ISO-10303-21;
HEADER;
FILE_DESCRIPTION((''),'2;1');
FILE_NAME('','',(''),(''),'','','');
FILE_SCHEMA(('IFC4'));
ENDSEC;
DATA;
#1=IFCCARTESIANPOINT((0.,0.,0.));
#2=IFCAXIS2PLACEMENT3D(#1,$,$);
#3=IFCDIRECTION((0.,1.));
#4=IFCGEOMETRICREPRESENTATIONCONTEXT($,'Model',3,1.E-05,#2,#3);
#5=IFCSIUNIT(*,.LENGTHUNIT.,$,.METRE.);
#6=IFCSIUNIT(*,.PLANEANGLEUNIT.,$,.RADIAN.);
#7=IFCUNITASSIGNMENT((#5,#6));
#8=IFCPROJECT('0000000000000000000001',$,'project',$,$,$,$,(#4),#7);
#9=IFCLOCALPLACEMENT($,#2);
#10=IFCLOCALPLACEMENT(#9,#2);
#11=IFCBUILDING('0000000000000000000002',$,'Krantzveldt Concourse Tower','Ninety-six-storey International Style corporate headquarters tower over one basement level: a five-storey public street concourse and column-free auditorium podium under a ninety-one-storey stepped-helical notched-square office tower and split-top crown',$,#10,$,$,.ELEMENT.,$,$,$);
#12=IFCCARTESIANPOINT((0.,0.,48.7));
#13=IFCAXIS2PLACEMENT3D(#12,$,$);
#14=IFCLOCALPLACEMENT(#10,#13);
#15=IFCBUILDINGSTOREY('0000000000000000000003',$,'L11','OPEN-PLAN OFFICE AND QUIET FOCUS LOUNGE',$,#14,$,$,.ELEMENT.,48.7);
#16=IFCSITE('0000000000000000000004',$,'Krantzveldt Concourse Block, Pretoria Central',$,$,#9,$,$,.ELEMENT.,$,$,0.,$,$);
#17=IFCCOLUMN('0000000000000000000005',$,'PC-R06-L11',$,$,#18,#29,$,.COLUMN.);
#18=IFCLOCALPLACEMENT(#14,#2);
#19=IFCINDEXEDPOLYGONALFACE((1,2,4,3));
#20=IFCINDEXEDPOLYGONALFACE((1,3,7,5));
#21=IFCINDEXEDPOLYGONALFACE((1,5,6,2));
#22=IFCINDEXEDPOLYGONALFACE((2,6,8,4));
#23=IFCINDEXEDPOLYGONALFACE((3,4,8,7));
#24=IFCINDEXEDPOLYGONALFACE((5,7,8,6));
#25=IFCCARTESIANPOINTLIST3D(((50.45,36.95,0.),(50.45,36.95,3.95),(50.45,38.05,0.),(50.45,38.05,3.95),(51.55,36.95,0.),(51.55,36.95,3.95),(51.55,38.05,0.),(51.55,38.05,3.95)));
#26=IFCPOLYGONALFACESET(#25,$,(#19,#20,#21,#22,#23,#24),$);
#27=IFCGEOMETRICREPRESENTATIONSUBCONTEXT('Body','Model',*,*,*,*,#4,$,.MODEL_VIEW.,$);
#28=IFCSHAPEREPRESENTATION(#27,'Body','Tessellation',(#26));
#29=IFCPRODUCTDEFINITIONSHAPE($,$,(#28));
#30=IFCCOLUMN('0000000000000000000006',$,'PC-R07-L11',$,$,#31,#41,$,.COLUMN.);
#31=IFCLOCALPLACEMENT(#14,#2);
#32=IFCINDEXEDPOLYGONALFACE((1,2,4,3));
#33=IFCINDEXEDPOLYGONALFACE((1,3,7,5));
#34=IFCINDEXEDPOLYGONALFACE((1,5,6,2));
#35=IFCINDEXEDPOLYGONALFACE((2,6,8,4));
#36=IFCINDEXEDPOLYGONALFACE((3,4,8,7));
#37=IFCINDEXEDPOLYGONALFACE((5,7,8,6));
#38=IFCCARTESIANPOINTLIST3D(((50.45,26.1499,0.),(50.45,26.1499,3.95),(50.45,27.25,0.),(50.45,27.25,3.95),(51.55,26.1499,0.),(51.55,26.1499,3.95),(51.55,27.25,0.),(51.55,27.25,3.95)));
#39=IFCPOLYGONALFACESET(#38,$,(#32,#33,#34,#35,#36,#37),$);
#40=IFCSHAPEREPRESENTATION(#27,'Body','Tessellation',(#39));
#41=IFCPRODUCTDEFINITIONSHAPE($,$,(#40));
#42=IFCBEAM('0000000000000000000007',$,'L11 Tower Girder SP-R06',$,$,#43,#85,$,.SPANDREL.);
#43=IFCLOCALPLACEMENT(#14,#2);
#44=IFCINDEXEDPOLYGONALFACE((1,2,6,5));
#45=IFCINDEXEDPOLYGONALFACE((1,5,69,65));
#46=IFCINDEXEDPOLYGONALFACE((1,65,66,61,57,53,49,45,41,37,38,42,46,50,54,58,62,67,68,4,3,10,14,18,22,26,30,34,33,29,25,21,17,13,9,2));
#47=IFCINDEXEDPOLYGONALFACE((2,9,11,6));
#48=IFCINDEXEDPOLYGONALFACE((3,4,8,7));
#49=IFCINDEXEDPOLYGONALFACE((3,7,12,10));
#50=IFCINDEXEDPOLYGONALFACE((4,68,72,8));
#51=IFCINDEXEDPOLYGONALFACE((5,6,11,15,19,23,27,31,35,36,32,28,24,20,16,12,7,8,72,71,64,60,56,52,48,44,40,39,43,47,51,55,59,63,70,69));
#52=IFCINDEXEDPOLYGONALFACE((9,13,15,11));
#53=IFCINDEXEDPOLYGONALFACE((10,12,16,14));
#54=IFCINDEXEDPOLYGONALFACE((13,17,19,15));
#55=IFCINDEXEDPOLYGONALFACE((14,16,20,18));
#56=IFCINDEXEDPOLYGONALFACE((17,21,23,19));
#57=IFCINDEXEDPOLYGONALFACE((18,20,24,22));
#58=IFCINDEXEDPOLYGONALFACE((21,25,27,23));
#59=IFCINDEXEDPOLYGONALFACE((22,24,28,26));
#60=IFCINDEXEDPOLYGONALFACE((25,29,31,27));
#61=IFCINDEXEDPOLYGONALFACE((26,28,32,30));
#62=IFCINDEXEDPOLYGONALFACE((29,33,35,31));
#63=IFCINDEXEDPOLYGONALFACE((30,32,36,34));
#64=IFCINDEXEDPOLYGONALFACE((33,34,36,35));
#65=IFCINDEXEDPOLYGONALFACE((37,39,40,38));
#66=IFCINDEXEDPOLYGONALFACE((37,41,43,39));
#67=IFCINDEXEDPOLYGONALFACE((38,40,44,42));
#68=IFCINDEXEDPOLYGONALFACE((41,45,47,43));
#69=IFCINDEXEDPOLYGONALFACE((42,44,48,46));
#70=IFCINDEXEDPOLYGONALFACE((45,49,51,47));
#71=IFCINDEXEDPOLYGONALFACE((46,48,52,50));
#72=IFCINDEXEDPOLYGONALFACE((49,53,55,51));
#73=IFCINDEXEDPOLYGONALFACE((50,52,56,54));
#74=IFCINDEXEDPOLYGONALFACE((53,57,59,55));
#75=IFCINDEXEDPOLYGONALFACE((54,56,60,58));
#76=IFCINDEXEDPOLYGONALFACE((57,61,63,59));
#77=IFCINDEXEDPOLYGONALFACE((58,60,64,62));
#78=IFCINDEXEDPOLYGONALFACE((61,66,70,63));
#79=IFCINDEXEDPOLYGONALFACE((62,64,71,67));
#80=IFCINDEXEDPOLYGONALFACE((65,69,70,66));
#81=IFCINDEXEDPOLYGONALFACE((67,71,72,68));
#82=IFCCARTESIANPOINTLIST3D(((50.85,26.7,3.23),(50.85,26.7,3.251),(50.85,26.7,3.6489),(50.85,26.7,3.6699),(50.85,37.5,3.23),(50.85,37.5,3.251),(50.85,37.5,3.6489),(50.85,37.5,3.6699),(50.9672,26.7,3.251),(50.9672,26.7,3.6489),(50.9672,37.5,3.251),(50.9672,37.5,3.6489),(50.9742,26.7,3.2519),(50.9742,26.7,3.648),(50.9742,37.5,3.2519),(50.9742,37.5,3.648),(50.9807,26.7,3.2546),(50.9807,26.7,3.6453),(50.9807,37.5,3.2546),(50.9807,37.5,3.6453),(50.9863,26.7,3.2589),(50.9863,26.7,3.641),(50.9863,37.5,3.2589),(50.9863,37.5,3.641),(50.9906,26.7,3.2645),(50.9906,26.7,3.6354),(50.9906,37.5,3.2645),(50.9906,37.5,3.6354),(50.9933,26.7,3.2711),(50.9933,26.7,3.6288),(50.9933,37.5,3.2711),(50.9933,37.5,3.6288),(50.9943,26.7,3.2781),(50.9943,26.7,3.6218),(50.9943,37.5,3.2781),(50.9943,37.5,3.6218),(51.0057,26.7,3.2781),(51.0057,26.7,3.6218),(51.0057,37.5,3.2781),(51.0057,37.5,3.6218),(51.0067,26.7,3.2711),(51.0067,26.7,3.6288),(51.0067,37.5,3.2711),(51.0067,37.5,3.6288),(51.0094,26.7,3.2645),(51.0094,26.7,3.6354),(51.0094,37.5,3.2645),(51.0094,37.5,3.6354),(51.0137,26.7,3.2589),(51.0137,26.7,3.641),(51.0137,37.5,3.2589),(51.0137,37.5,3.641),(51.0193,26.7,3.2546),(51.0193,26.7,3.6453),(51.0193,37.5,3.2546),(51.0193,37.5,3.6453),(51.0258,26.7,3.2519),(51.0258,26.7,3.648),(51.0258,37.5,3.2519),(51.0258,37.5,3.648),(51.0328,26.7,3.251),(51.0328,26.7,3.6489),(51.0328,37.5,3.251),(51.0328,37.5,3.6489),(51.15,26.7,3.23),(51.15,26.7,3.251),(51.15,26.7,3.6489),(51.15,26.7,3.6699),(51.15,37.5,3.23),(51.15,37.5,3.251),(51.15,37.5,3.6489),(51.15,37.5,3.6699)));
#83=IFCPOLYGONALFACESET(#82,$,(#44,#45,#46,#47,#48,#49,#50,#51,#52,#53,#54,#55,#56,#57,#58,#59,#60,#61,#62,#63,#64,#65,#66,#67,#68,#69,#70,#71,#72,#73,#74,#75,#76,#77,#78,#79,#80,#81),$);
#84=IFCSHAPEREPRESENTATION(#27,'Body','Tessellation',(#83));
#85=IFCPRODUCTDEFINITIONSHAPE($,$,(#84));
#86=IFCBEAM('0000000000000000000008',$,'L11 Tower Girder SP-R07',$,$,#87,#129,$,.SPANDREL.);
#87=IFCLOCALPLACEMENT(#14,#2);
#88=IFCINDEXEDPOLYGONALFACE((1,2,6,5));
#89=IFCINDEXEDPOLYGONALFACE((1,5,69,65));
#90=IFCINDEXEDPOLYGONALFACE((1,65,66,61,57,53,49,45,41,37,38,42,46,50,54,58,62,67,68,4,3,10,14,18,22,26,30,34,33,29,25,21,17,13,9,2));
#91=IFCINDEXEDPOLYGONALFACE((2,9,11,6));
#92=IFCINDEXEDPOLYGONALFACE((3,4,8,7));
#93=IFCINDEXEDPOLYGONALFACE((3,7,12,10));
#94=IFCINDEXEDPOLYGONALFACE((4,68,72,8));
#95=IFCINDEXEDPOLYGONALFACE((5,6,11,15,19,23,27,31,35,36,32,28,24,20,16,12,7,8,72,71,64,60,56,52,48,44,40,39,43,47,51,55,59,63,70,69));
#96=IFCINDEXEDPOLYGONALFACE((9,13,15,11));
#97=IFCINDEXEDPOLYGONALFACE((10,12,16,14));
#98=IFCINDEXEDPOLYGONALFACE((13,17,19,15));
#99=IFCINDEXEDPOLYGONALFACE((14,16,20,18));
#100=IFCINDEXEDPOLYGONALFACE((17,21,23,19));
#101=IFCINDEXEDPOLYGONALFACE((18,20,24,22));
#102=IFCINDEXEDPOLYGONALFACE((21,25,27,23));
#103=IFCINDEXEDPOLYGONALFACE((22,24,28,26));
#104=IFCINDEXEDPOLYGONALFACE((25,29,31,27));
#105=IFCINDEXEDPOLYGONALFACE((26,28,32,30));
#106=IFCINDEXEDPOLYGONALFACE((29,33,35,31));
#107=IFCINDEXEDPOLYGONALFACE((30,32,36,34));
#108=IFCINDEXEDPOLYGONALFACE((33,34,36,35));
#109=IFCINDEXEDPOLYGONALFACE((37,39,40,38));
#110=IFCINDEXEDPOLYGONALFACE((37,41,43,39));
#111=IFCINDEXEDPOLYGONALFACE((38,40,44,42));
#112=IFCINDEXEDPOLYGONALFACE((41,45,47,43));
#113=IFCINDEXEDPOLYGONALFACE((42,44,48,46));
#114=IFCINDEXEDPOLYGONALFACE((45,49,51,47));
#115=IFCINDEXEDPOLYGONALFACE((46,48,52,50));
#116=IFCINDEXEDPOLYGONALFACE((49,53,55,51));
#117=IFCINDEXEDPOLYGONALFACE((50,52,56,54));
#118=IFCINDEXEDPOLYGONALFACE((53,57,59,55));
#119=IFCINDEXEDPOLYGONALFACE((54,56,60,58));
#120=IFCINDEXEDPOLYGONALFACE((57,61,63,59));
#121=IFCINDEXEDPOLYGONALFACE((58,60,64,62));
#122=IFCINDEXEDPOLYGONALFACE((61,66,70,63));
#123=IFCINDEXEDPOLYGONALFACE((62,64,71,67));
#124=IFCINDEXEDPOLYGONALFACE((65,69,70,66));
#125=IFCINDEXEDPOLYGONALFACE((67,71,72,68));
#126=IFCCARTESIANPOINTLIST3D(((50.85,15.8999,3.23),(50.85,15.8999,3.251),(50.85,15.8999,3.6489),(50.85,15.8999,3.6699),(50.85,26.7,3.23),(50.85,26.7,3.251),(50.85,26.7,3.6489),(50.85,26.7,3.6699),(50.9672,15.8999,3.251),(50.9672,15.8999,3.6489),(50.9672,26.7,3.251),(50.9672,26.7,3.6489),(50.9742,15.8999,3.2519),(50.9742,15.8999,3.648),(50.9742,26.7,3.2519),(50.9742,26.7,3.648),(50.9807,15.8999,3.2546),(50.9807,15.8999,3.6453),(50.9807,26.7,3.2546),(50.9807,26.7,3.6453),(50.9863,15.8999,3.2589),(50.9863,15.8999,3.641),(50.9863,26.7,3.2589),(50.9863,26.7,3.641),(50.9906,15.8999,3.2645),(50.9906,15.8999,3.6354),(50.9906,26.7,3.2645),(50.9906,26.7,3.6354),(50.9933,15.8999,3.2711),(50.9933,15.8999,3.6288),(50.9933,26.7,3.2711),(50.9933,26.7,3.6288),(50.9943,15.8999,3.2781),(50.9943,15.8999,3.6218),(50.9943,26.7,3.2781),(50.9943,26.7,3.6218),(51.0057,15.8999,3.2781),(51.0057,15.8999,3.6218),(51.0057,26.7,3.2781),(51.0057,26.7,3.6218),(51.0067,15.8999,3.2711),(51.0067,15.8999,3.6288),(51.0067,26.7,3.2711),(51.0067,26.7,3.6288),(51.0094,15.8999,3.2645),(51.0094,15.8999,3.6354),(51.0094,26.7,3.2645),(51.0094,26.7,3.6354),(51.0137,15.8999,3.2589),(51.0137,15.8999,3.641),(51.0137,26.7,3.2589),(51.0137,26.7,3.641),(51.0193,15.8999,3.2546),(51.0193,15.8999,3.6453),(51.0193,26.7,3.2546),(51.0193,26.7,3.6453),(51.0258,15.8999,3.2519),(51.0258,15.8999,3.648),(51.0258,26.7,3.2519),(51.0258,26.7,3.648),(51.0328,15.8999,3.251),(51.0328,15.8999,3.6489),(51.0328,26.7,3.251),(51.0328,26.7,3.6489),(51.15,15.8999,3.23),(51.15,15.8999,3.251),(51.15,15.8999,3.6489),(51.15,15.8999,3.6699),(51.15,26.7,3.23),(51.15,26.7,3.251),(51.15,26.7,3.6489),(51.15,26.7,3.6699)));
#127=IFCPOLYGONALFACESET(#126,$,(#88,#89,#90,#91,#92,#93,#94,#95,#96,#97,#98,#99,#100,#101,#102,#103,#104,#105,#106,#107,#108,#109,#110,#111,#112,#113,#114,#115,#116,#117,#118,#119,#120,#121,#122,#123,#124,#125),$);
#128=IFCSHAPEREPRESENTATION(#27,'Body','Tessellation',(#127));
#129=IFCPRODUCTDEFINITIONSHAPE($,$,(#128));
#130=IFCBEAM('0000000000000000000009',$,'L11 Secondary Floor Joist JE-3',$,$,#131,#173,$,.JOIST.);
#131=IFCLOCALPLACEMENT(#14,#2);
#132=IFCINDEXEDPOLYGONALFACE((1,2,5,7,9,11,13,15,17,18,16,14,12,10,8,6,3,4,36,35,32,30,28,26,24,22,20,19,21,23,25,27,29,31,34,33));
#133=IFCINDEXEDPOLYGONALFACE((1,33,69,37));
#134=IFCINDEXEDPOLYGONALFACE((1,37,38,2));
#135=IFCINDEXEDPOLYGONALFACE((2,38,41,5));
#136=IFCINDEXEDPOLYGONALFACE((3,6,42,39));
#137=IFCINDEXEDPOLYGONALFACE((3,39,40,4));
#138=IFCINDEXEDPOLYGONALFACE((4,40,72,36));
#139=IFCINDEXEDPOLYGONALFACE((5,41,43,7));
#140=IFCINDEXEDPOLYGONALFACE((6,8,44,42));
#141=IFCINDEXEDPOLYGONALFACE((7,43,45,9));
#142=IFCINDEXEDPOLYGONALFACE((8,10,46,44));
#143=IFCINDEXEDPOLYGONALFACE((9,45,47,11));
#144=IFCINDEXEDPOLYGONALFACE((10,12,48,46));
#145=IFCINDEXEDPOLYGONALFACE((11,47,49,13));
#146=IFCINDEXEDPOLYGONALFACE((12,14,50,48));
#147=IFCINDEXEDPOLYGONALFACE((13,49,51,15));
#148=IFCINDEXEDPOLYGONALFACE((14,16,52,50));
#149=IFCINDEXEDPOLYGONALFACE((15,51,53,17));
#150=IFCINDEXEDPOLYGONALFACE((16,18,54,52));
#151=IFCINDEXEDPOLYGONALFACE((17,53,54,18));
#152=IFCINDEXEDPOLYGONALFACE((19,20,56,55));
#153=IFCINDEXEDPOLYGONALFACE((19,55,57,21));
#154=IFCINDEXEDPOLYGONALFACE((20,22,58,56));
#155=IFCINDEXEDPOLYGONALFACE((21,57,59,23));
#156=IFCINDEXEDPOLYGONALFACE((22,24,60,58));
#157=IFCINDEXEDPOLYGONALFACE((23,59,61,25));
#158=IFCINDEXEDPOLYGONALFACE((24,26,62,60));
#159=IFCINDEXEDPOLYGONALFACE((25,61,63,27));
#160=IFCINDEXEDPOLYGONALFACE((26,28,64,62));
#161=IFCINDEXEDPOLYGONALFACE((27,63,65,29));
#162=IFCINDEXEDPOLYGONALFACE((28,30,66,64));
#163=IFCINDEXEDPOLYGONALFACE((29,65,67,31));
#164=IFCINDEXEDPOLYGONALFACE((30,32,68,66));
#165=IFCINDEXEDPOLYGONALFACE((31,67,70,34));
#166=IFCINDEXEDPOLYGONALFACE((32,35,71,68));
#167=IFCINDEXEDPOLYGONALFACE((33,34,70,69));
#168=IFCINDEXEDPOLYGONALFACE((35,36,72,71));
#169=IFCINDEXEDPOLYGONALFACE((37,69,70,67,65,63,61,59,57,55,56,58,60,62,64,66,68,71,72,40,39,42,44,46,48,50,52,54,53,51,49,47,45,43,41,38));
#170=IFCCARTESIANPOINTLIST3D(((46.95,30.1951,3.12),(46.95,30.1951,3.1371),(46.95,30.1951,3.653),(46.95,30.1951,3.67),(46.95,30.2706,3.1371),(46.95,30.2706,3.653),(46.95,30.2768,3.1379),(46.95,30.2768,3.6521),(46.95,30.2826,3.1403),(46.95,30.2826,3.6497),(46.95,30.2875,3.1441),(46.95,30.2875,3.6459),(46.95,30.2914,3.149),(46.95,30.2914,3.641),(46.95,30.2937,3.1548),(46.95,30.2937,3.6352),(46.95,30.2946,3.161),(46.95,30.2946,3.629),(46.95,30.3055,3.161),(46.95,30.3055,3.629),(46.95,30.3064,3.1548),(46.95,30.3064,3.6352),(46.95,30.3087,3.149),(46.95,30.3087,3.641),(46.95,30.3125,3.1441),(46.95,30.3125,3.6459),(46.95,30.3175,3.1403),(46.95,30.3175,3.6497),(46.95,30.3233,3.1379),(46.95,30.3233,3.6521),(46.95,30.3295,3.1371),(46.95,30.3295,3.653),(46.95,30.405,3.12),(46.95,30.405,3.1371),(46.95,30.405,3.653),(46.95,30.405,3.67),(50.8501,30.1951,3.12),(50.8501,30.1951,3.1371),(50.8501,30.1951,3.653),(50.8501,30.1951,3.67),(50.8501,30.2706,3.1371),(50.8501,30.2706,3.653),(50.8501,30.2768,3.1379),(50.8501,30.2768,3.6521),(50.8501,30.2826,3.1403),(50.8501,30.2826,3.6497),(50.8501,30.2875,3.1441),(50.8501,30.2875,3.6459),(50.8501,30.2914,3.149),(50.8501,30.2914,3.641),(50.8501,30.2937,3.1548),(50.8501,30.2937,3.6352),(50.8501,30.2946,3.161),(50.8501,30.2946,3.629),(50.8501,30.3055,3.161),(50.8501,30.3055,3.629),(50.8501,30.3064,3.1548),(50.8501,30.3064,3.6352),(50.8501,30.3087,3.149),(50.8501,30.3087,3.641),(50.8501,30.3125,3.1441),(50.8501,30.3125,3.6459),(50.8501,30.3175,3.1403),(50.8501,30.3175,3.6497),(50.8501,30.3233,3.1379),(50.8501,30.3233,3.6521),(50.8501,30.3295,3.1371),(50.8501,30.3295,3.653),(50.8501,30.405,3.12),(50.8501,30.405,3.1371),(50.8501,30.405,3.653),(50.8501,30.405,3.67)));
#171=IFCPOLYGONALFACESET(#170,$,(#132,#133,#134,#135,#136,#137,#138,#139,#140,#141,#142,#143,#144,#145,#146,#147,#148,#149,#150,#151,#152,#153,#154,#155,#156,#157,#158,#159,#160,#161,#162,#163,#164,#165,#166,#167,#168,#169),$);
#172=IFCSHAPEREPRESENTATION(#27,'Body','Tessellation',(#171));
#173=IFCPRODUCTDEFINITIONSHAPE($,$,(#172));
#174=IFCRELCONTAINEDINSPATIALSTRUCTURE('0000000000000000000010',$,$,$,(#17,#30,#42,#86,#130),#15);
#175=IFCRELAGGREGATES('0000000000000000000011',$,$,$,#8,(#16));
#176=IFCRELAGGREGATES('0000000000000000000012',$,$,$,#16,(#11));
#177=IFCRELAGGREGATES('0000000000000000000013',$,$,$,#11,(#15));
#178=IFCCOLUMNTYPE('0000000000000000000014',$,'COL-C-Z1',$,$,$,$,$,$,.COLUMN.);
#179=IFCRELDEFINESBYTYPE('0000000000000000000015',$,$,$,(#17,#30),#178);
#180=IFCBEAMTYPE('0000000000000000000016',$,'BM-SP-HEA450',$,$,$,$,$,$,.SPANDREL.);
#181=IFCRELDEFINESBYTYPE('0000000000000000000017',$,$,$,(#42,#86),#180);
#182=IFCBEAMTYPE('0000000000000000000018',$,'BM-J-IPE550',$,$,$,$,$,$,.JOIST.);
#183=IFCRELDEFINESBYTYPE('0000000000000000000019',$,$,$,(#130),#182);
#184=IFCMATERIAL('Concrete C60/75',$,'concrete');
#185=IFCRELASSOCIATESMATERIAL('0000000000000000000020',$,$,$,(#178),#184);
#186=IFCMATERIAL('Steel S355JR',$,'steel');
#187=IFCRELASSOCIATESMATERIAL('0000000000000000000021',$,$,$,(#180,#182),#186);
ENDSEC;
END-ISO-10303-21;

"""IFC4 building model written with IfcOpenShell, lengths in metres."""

from ifc_helpers import new_model, si_unit, direction, frame, origin, origin_2d, place, context, subcontext, project, spatial, rectangle, i_section, extrude, source, transform, mapped, material, material_profile, profile_set, type_object, type_shapes, element, save


model = new_model("IFC4")

# Units and contexts
model_context = context("Model", 3, precision=1e-05, world=origin(), true_north=direction((0.0, 1.0)))
body_context = subcontext(model_context, "Body", "Model", "MODEL_VIEW")
ifc_project = project(units=[si_unit("LENGTHUNIT", "METRE"), si_unit("PLANEANGLEUNIT", "RADIAN")], contexts=[model_context])

# Site, building, storey
site_placement = place(None, origin())
site = spatial("IfcSite", under=ifc_project, at=site_placement, Name="Krantzveldt Concourse Block, Pretoria Central", CompositionType="ELEMENT", RefElevation=0.0)
building_placement = place(site_placement, origin())
building = spatial("IfcBuilding", under=site, at=building_placement, Name="Krantzveldt Concourse Tower", Description="Ninety-six-storey International Style corporate headquarters tower over one basement level: a five-storey public street concourse and column-free auditorium podium under a ninety-one-storey stepped-helical notched-square office tower and split-top crown", CompositionType="ELEMENT")
storey_placement = place(building_placement, frame((0.0, 0.0, 48.7)))
storey = spatial("IfcBuildingStorey", under=building, at=storey_placement, Name="L11", Description="OPEN-PLAN OFFICE AND QUIET FOCUS LOUNGE", CompositionType="ELEMENT", Elevation=48.7)

# Columns
ifc_material_1 = material(Name="Concrete C60/75", Category="concrete")
ifc_material_profile_1 = material_profile(ifc_material_1, rectangle(XDim=1.1001, YDim=1.1001, at=origin_2d()), Name="Concrete C60/75", Category="concrete")
ifc_profile_set_1 = profile_set([ifc_material_profile_1], Name="Concrete C60/75 - RC 1100x1100")
column_type = type_object("IfcColumnType", Name="COL-C-Z1", PredefinedType="COLUMN", material=ifc_profile_set_1)
shared_shape_1 = source(origin(), body_context, "Body", "SweptSolid", [
    extrude(rectangle(XDim=1.1001, YDim=1.1001, at=origin_2d()), origin(), (0.0, 0.0, 1.0), 3.95),
])
type_shapes(column_type, [shared_shape_1])
for number, where, z_axis, x_axis, name in (
    (1, (51.0, 37.5, 0.0), (0.0, 0.0, 1.0), (1.0, 0.0, 0.0), "PC-R06-L11"),
    (2, (51.0, 26.7, 0.0), (0.0, 0.0, 1.0), (1.0, 0.0, 0.0), "PC-R07-L11"),
):
    element("IfcColumn", number, at=place(storey_placement, frame(where, z_axis=z_axis, x_axis=x_axis)), inside=storey, type_object=column_type, Name=name, PredefinedType="COLUMN", context=body_context, shape_type="MappedRepresentation", body=[
        mapped(shared_shape_1, transform((0.0, 0.0, 0.0), x_axis=(1.0, 0.0, 0.0), y_axis=(0.0, 1.0, 0.0), z_axis=(0.0, 0.0, 1.0), scale=1.0)),
    ])

# Beams
ifc_material_2 = material(Name="Steel S355JR", Category="steel")
ifc_material_profile_2 = material_profile(ifc_material_2, i_section(OverallWidth=0.3, OverallDepth=0.4399, WebThickness=0.0115, FlangeThickness=0.021, FilletRadius=0.0271, at=origin_2d()), Name="Steel S355JR", Category="steel")
ifc_profile_set_2 = profile_set([ifc_material_profile_2], Name="Steel S355JR - HEA 450")
beam_type_1 = type_object("IfcBeamType", Name="BM-SP-HEA450", PredefinedType="SPANDREL", material=ifc_profile_set_2)
shared_shape_2 = source(origin(), body_context, "Body", "SweptSolid", [
    extrude(i_section(OverallWidth=0.3, OverallDepth=0.4399, WebThickness=0.0115, FlangeThickness=0.021, FilletRadius=0.0271, at=origin_2d()), origin(), (0.0, 0.0, 1.0), 10.8),
])
type_shapes(beam_type_1, [shared_shape_2])
for number, where, z_axis, x_axis, name in (
    (3, (51.0, 37.5, 3.45), (0.0, -1.0, 0.0), (1.0, 0.0, 0.0), "L11 Tower Girder SP-R06"),
    (4, (51.0, 26.7, 3.45), (0.0, -1.0, 0.0), (1.0, 0.0, 0.0), "L11 Tower Girder SP-R07"),
):
    element("IfcBeam", number, at=place(storey_placement, frame(where, z_axis=z_axis, x_axis=x_axis)), inside=storey, type_object=beam_type_1, Name=name, PredefinedType="SPANDREL", context=body_context, shape_type="MappedRepresentation", body=[
        mapped(shared_shape_2, transform((0.0, 0.0, 0.0), x_axis=(1.0, 0.0, 0.0), y_axis=(0.0, 1.0, 0.0), z_axis=(0.0, 0.0, 1.0), scale=1.0)),
    ])
ifc_material_profile_3 = material_profile(ifc_material_2, i_section(OverallWidth=0.21, OverallDepth=0.55, WebThickness=0.011, FlangeThickness=0.0171, FilletRadius=0.0239, at=origin_2d()), Name="Steel S355JR", Category="steel")
ifc_profile_set_3 = profile_set([ifc_material_profile_3], Name="Steel S355JR - IPE 550")
beam_type_2 = type_object("IfcBeamType", Name="BM-J-IPE550", PredefinedType="JOIST", material=ifc_profile_set_3)
shared_shape_3 = source(origin(), body_context, "Body", "SweptSolid", [
    extrude(i_section(OverallWidth=0.21, OverallDepth=0.55, WebThickness=0.011, FlangeThickness=0.0171, FilletRadius=0.0239, at=origin_2d()), origin(), (0.0, 0.0, 1.0), 3.9001),
])
type_shapes(beam_type_2, [shared_shape_3])
for number, where, z_axis, x_axis, name in (
    (5, (46.95, 30.3, 3.395), (1.0, 0.0, 0.0), (0.0, 1.0, 0.0), "L11 Secondary Floor Joist JE-3"),
):
    element("IfcBeam", number, at=place(storey_placement, frame(where, z_axis=z_axis, x_axis=x_axis)), inside=storey, type_object=beam_type_2, Name=name, PredefinedType="JOIST", context=body_context, shape_type="MappedRepresentation", body=[
        mapped(shared_shape_3, transform((0.0, 0.0, 0.0), x_axis=(1.0, 0.0, 0.0), y_axis=(0.0, 1.0, 0.0), z_axis=(0.0, 0.0, 1.0), scale=1.0)),
    ])

save(model, "model.ifc")
